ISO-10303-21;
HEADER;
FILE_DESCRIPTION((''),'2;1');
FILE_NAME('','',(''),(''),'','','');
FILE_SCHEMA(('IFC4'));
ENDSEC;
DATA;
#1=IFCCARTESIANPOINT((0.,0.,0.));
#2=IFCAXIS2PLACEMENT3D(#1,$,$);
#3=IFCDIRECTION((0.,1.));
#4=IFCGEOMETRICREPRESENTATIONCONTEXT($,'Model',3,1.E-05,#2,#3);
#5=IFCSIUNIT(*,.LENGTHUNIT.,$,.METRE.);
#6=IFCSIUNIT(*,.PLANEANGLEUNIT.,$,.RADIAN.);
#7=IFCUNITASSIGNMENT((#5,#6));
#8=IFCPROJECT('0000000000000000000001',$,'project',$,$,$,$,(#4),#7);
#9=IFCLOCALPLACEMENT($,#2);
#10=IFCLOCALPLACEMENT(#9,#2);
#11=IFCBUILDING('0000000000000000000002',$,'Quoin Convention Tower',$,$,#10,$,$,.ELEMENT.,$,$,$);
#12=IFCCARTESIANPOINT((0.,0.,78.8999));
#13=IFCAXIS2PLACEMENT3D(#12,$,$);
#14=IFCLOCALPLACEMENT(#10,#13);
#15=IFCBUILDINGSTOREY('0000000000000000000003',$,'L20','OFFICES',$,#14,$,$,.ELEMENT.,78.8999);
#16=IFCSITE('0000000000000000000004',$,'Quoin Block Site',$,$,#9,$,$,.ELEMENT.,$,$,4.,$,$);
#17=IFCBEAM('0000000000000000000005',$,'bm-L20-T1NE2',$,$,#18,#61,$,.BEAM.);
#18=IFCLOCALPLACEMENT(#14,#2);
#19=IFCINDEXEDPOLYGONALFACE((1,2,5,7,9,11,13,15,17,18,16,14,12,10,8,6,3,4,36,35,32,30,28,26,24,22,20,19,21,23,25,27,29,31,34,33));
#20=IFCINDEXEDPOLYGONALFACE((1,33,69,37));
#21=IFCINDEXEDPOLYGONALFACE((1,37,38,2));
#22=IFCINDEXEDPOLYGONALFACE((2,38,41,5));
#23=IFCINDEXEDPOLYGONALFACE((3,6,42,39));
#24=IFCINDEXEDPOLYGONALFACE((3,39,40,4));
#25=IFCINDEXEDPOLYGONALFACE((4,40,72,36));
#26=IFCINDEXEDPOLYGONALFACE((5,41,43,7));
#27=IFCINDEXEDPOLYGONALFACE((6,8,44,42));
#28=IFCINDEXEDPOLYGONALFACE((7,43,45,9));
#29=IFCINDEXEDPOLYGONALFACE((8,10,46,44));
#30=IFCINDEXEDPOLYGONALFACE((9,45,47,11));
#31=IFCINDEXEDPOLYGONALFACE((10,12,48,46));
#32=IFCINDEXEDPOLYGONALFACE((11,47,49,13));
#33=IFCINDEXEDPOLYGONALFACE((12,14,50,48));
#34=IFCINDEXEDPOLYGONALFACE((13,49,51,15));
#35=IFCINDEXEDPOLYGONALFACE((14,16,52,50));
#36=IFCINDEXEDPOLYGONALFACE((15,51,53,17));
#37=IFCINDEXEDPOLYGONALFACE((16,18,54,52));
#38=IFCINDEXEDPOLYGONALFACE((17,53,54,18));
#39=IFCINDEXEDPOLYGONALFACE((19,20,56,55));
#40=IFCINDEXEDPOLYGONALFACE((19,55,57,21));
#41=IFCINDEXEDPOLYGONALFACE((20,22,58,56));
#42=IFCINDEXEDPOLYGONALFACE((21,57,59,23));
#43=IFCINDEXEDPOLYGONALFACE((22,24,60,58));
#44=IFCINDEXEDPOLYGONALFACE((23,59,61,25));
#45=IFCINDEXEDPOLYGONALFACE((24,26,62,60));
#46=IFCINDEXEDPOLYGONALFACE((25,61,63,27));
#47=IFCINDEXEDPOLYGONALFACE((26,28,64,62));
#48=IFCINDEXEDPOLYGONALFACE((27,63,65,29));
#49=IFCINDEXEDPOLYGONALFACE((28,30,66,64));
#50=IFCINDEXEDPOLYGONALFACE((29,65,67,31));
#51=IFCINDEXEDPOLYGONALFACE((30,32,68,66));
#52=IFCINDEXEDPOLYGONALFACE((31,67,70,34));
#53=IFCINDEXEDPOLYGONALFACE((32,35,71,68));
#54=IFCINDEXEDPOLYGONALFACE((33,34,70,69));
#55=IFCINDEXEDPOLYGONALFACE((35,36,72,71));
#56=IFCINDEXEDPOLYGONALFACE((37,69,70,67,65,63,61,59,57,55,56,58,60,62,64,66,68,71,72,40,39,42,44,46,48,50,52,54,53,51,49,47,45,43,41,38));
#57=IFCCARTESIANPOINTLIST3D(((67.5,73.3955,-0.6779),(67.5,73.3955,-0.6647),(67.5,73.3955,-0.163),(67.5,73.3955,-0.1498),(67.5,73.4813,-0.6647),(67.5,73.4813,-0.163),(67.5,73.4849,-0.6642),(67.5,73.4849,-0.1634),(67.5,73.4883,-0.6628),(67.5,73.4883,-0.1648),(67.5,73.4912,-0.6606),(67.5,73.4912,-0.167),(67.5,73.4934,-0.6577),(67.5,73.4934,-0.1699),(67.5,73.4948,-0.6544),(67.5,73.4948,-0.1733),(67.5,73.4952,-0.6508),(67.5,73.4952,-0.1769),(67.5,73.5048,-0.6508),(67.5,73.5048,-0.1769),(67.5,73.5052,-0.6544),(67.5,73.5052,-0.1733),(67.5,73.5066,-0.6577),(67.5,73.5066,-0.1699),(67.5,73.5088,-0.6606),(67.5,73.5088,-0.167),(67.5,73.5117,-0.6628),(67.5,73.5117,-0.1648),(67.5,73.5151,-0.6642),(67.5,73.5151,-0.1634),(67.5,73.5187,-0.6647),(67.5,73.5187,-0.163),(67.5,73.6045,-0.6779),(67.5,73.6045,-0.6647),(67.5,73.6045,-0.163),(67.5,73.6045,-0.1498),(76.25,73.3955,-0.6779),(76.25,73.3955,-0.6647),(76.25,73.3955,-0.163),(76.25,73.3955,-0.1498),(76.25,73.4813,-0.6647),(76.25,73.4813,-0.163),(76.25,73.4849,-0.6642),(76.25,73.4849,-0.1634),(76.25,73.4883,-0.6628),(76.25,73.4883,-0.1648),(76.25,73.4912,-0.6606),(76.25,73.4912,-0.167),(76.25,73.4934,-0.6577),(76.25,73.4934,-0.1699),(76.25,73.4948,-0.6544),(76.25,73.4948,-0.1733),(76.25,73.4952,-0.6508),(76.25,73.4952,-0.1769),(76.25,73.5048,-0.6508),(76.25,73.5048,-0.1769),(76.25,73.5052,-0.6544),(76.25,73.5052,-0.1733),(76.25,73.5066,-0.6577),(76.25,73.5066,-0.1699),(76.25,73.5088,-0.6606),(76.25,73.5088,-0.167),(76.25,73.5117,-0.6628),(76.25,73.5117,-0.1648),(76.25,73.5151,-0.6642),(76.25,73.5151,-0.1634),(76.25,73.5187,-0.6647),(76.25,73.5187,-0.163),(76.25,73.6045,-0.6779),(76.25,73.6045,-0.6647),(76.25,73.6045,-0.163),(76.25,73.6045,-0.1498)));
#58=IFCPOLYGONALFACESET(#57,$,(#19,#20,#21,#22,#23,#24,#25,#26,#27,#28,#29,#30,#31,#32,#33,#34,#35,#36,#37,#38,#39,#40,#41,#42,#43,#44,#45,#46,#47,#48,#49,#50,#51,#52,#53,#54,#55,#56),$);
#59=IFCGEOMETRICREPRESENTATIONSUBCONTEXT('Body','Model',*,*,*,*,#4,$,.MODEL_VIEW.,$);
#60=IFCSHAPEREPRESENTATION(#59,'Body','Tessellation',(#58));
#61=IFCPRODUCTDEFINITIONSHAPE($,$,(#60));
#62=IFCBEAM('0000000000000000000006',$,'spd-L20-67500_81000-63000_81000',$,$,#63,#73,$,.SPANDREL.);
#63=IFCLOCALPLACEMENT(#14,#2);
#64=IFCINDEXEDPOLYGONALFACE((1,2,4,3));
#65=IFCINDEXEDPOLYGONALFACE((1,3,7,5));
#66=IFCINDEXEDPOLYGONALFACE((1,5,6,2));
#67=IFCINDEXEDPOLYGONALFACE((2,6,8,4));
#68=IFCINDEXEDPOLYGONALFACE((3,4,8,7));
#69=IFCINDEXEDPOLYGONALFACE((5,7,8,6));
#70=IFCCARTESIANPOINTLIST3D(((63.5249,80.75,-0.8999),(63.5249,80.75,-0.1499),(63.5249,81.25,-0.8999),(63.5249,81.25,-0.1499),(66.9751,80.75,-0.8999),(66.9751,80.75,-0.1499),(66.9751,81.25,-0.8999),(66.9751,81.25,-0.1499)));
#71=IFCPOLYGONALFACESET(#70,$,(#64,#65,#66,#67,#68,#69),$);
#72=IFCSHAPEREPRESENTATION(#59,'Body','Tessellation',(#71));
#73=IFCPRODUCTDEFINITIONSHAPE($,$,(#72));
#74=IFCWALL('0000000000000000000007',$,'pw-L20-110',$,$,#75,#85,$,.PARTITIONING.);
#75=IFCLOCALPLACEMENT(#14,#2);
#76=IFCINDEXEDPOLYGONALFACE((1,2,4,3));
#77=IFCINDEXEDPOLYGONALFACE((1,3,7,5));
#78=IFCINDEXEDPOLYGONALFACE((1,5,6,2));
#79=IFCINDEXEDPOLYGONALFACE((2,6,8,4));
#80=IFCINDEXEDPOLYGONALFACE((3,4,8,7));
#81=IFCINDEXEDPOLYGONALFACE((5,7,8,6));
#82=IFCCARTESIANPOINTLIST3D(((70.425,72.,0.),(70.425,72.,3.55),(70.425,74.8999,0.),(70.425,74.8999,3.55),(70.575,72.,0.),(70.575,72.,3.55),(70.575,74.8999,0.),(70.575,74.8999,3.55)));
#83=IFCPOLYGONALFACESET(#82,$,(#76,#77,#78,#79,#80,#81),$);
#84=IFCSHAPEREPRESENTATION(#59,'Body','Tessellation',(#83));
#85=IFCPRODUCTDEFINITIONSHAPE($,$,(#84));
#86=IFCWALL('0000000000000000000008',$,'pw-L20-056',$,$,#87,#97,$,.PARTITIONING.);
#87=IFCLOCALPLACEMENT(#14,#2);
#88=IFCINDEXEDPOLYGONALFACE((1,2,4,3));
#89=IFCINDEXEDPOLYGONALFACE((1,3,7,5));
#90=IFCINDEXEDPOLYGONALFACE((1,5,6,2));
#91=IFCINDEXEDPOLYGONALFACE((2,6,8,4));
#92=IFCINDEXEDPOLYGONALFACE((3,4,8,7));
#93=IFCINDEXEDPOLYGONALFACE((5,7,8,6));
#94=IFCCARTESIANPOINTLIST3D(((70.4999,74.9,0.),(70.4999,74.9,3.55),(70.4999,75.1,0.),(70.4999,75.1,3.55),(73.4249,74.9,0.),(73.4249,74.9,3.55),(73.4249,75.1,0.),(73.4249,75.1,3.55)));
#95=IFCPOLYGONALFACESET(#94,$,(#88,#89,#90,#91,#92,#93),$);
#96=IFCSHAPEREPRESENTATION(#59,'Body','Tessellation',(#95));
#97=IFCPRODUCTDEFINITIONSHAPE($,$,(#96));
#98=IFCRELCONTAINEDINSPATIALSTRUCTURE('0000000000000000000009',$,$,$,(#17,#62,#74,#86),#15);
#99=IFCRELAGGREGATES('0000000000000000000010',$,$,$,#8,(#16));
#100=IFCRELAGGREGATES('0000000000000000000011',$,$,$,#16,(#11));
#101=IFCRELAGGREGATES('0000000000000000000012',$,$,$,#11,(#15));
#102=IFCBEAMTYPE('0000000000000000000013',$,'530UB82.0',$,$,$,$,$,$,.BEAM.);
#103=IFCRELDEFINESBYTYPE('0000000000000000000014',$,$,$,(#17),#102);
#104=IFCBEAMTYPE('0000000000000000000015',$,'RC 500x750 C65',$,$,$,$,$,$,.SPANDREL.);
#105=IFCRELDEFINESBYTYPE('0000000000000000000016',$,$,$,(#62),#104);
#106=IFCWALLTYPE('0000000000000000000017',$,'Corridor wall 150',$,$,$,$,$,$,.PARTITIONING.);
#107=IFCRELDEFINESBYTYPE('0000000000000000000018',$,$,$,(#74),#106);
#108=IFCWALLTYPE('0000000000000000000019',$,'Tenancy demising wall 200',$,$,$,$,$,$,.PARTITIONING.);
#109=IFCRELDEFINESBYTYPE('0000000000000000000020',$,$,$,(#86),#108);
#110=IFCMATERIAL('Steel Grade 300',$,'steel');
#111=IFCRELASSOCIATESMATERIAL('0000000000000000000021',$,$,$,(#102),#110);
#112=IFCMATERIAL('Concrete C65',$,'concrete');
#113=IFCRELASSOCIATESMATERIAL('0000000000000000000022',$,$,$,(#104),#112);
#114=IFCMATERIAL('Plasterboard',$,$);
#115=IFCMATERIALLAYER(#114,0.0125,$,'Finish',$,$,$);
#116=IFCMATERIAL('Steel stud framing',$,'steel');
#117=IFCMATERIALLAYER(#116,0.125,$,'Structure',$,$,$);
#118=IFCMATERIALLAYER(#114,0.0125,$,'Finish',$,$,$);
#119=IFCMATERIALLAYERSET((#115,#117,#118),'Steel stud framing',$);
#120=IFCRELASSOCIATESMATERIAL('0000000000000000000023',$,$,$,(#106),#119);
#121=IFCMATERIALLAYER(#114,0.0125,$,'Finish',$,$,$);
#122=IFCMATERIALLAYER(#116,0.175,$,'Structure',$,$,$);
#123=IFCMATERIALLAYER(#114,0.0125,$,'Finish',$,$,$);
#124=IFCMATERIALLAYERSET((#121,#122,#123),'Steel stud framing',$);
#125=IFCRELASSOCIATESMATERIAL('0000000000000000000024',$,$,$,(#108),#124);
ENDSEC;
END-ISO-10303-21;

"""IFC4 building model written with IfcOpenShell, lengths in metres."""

from ifc_helpers import new_model, si_unit, direction, frame, frame_2d, origin, origin_2d, place, context, subcontext, project, spatial, rectangle, i_section, extrude, material, layer, layer_set, material_profile, profile_set, type_object, element, save


model = new_model("IFC4")

# Units and contexts
model_context = context("Model", 3, precision=1e-05, world=origin(), true_north=direction((0.0, 1.0)))
body_context = subcontext(model_context, "Body", "Model", "MODEL_VIEW")
ifc_project = project(units=[si_unit("LENGTHUNIT", "METRE"), si_unit("PLANEANGLEUNIT", "RADIAN")], contexts=[model_context])

# Site, building, storey
site_placement = place(None, origin())
site = spatial("IfcSite", under=ifc_project, at=site_placement, Name="Quoin Block Site", CompositionType="ELEMENT", RefElevation=4.0)
building_placement = place(site_placement, origin())
building = spatial("IfcBuilding", under=site, at=building_placement, Name="Quoin Convention Tower", CompositionType="ELEMENT")
storey_placement = place(building_placement, frame((0.0, 0.0, 78.8999)))
storey = spatial("IfcBuildingStorey", under=building, at=storey_placement, Name="L20", Description="OFFICES", CompositionType="ELEMENT", Elevation=78.8999)

# Shared definitions
ifc_material_1 = material(Name="Concrete C65", Category="concrete")

# Beams
ifc_material_2 = material(Name="Steel Grade 300", Category="steel")
ifc_material_profile_1 = material_profile(ifc_material_2, i_section(OverallWidth=0.209, OverallDepth=0.5281, WebThickness=0.0095, FlangeThickness=0.0132, FilletRadius=0.0139, at=origin_2d()), Name="530UB82.0")
ifc_profile_set_1 = profile_set([ifc_material_profile_1], Name="Steel Grade 300")
beam_type_1 = type_object("IfcBeamType", Name="530UB82.0", PredefinedType="BEAM", material=ifc_profile_set_1)
beam_1_placement = place(storey_placement, frame((67.5, 73.5, -0.4138), z_axis=(1.0, 0.0, 0.0), x_axis=(0.0, 1.0, 0.0)))
element("IfcBeam", 1, at=beam_1_placement, inside=storey, type_object=beam_type_1, Name="bm-L20-T1NE2", PredefinedType="BEAM", context=body_context, shape_type="SweptSolid", body=[
    extrude(i_section(OverallWidth=0.209, OverallDepth=0.5281, WebThickness=0.0095, FlangeThickness=0.0132, FilletRadius=0.0139, at=origin_2d()), origin(), (0.0, 0.0, 1.0), 8.75),
])
ifc_material_profile_2 = material_profile(ifc_material_1, rectangle(XDim=0.5, YDim=0.75, at=origin_2d()), Name="RC 500x750")
ifc_profile_set_2 = profile_set([ifc_material_profile_2], Name="Concrete C65")
beam_type_2 = type_object("IfcBeamType", Name="RC 500x750 C65", PredefinedType="SPANDREL", material=ifc_profile_set_2)
beam_2_placement = place(storey_placement, frame((66.9751, 81.0, -0.5249), z_axis=(-1.0, 0.0, 0.0), x_axis=(0.0, -1.0, 0.0)))
element("IfcBeam", 2, at=beam_2_placement, inside=storey, type_object=beam_type_2, Name="spd-L20-67500_81000-63000_81000", PredefinedType="SPANDREL", context=body_context, shape_type="SweptSolid", body=[
    extrude(rectangle(XDim=0.5, YDim=0.75, at=origin_2d()), origin(), (0.0, 0.0, 1.0), 3.4502),
])

# Walls
ifc_material_3 = material(Name="Plasterboard")
ifc_layer_1 = layer(ifc_material_3, 0.0125, Name="Finish")
ifc_material_4 = material(Name="Steel stud framing", Category="steel")
ifc_layer_2 = layer(ifc_material_4, 0.125, Name="Structure")
ifc_layer_3 = layer(ifc_material_3, 0.0125, Name="Finish")
ifc_layer_set_1 = layer_set([ifc_layer_1, ifc_layer_2, ifc_layer_3], Name="Steel stud framing")
wall_type_1 = type_object("IfcWallType", Name="Corridor wall 150", PredefinedType="PARTITIONING", material=ifc_layer_set_1)
wall_1_placement = place(storey_placement, frame((70.5, 72.0, 0.0), z_axis=(0.0, 0.0, 1.0), x_axis=(0.0, 1.0, 0.0)))
element("IfcWall", 3, at=wall_1_placement, inside=storey, type_object=wall_type_1, Name="pw-L20-110", PredefinedType="PARTITIONING", context=body_context, shape_type="SweptSolid", body=[
    extrude(rectangle(XDim=2.8999, YDim=0.1499, at=frame_2d((1.45, 0.0))), origin(), (0.0, 0.0, 1.0), 3.55),
])
ifc_layer_4 = layer(ifc_material_3, 0.0125, Name="Finish")
ifc_layer_5 = layer(ifc_material_4, 0.175, Name="Structure")
ifc_layer_6 = layer(ifc_material_3, 0.0125, Name="Finish")
ifc_layer_set_2 = layer_set([ifc_layer_4, ifc_layer_5, ifc_layer_6], Name="Steel stud framing")
wall_type_2 = type_object("IfcWallType", Name="Tenancy demising wall 200", PredefinedType="PARTITIONING", material=ifc_layer_set_2)
wall_2_placement = place(storey_placement, frame((70.5, 75.0, 0.0), z_axis=(0.0, 0.0, 1.0), x_axis=(1.0, 0.0, 0.0)))
element("IfcWall", 4, at=wall_2_placement, inside=storey, type_object=wall_type_2, Name="pw-L20-056", PredefinedType="PARTITIONING", context=body_context, shape_type="SweptSolid", body=[
    extrude(rectangle(XDim=2.925, YDim=0.2, at=frame_2d((1.4624, 0.0))), origin(), (0.0, 0.0, 1.0), 3.55),
])

save(model, "model.ifc")
